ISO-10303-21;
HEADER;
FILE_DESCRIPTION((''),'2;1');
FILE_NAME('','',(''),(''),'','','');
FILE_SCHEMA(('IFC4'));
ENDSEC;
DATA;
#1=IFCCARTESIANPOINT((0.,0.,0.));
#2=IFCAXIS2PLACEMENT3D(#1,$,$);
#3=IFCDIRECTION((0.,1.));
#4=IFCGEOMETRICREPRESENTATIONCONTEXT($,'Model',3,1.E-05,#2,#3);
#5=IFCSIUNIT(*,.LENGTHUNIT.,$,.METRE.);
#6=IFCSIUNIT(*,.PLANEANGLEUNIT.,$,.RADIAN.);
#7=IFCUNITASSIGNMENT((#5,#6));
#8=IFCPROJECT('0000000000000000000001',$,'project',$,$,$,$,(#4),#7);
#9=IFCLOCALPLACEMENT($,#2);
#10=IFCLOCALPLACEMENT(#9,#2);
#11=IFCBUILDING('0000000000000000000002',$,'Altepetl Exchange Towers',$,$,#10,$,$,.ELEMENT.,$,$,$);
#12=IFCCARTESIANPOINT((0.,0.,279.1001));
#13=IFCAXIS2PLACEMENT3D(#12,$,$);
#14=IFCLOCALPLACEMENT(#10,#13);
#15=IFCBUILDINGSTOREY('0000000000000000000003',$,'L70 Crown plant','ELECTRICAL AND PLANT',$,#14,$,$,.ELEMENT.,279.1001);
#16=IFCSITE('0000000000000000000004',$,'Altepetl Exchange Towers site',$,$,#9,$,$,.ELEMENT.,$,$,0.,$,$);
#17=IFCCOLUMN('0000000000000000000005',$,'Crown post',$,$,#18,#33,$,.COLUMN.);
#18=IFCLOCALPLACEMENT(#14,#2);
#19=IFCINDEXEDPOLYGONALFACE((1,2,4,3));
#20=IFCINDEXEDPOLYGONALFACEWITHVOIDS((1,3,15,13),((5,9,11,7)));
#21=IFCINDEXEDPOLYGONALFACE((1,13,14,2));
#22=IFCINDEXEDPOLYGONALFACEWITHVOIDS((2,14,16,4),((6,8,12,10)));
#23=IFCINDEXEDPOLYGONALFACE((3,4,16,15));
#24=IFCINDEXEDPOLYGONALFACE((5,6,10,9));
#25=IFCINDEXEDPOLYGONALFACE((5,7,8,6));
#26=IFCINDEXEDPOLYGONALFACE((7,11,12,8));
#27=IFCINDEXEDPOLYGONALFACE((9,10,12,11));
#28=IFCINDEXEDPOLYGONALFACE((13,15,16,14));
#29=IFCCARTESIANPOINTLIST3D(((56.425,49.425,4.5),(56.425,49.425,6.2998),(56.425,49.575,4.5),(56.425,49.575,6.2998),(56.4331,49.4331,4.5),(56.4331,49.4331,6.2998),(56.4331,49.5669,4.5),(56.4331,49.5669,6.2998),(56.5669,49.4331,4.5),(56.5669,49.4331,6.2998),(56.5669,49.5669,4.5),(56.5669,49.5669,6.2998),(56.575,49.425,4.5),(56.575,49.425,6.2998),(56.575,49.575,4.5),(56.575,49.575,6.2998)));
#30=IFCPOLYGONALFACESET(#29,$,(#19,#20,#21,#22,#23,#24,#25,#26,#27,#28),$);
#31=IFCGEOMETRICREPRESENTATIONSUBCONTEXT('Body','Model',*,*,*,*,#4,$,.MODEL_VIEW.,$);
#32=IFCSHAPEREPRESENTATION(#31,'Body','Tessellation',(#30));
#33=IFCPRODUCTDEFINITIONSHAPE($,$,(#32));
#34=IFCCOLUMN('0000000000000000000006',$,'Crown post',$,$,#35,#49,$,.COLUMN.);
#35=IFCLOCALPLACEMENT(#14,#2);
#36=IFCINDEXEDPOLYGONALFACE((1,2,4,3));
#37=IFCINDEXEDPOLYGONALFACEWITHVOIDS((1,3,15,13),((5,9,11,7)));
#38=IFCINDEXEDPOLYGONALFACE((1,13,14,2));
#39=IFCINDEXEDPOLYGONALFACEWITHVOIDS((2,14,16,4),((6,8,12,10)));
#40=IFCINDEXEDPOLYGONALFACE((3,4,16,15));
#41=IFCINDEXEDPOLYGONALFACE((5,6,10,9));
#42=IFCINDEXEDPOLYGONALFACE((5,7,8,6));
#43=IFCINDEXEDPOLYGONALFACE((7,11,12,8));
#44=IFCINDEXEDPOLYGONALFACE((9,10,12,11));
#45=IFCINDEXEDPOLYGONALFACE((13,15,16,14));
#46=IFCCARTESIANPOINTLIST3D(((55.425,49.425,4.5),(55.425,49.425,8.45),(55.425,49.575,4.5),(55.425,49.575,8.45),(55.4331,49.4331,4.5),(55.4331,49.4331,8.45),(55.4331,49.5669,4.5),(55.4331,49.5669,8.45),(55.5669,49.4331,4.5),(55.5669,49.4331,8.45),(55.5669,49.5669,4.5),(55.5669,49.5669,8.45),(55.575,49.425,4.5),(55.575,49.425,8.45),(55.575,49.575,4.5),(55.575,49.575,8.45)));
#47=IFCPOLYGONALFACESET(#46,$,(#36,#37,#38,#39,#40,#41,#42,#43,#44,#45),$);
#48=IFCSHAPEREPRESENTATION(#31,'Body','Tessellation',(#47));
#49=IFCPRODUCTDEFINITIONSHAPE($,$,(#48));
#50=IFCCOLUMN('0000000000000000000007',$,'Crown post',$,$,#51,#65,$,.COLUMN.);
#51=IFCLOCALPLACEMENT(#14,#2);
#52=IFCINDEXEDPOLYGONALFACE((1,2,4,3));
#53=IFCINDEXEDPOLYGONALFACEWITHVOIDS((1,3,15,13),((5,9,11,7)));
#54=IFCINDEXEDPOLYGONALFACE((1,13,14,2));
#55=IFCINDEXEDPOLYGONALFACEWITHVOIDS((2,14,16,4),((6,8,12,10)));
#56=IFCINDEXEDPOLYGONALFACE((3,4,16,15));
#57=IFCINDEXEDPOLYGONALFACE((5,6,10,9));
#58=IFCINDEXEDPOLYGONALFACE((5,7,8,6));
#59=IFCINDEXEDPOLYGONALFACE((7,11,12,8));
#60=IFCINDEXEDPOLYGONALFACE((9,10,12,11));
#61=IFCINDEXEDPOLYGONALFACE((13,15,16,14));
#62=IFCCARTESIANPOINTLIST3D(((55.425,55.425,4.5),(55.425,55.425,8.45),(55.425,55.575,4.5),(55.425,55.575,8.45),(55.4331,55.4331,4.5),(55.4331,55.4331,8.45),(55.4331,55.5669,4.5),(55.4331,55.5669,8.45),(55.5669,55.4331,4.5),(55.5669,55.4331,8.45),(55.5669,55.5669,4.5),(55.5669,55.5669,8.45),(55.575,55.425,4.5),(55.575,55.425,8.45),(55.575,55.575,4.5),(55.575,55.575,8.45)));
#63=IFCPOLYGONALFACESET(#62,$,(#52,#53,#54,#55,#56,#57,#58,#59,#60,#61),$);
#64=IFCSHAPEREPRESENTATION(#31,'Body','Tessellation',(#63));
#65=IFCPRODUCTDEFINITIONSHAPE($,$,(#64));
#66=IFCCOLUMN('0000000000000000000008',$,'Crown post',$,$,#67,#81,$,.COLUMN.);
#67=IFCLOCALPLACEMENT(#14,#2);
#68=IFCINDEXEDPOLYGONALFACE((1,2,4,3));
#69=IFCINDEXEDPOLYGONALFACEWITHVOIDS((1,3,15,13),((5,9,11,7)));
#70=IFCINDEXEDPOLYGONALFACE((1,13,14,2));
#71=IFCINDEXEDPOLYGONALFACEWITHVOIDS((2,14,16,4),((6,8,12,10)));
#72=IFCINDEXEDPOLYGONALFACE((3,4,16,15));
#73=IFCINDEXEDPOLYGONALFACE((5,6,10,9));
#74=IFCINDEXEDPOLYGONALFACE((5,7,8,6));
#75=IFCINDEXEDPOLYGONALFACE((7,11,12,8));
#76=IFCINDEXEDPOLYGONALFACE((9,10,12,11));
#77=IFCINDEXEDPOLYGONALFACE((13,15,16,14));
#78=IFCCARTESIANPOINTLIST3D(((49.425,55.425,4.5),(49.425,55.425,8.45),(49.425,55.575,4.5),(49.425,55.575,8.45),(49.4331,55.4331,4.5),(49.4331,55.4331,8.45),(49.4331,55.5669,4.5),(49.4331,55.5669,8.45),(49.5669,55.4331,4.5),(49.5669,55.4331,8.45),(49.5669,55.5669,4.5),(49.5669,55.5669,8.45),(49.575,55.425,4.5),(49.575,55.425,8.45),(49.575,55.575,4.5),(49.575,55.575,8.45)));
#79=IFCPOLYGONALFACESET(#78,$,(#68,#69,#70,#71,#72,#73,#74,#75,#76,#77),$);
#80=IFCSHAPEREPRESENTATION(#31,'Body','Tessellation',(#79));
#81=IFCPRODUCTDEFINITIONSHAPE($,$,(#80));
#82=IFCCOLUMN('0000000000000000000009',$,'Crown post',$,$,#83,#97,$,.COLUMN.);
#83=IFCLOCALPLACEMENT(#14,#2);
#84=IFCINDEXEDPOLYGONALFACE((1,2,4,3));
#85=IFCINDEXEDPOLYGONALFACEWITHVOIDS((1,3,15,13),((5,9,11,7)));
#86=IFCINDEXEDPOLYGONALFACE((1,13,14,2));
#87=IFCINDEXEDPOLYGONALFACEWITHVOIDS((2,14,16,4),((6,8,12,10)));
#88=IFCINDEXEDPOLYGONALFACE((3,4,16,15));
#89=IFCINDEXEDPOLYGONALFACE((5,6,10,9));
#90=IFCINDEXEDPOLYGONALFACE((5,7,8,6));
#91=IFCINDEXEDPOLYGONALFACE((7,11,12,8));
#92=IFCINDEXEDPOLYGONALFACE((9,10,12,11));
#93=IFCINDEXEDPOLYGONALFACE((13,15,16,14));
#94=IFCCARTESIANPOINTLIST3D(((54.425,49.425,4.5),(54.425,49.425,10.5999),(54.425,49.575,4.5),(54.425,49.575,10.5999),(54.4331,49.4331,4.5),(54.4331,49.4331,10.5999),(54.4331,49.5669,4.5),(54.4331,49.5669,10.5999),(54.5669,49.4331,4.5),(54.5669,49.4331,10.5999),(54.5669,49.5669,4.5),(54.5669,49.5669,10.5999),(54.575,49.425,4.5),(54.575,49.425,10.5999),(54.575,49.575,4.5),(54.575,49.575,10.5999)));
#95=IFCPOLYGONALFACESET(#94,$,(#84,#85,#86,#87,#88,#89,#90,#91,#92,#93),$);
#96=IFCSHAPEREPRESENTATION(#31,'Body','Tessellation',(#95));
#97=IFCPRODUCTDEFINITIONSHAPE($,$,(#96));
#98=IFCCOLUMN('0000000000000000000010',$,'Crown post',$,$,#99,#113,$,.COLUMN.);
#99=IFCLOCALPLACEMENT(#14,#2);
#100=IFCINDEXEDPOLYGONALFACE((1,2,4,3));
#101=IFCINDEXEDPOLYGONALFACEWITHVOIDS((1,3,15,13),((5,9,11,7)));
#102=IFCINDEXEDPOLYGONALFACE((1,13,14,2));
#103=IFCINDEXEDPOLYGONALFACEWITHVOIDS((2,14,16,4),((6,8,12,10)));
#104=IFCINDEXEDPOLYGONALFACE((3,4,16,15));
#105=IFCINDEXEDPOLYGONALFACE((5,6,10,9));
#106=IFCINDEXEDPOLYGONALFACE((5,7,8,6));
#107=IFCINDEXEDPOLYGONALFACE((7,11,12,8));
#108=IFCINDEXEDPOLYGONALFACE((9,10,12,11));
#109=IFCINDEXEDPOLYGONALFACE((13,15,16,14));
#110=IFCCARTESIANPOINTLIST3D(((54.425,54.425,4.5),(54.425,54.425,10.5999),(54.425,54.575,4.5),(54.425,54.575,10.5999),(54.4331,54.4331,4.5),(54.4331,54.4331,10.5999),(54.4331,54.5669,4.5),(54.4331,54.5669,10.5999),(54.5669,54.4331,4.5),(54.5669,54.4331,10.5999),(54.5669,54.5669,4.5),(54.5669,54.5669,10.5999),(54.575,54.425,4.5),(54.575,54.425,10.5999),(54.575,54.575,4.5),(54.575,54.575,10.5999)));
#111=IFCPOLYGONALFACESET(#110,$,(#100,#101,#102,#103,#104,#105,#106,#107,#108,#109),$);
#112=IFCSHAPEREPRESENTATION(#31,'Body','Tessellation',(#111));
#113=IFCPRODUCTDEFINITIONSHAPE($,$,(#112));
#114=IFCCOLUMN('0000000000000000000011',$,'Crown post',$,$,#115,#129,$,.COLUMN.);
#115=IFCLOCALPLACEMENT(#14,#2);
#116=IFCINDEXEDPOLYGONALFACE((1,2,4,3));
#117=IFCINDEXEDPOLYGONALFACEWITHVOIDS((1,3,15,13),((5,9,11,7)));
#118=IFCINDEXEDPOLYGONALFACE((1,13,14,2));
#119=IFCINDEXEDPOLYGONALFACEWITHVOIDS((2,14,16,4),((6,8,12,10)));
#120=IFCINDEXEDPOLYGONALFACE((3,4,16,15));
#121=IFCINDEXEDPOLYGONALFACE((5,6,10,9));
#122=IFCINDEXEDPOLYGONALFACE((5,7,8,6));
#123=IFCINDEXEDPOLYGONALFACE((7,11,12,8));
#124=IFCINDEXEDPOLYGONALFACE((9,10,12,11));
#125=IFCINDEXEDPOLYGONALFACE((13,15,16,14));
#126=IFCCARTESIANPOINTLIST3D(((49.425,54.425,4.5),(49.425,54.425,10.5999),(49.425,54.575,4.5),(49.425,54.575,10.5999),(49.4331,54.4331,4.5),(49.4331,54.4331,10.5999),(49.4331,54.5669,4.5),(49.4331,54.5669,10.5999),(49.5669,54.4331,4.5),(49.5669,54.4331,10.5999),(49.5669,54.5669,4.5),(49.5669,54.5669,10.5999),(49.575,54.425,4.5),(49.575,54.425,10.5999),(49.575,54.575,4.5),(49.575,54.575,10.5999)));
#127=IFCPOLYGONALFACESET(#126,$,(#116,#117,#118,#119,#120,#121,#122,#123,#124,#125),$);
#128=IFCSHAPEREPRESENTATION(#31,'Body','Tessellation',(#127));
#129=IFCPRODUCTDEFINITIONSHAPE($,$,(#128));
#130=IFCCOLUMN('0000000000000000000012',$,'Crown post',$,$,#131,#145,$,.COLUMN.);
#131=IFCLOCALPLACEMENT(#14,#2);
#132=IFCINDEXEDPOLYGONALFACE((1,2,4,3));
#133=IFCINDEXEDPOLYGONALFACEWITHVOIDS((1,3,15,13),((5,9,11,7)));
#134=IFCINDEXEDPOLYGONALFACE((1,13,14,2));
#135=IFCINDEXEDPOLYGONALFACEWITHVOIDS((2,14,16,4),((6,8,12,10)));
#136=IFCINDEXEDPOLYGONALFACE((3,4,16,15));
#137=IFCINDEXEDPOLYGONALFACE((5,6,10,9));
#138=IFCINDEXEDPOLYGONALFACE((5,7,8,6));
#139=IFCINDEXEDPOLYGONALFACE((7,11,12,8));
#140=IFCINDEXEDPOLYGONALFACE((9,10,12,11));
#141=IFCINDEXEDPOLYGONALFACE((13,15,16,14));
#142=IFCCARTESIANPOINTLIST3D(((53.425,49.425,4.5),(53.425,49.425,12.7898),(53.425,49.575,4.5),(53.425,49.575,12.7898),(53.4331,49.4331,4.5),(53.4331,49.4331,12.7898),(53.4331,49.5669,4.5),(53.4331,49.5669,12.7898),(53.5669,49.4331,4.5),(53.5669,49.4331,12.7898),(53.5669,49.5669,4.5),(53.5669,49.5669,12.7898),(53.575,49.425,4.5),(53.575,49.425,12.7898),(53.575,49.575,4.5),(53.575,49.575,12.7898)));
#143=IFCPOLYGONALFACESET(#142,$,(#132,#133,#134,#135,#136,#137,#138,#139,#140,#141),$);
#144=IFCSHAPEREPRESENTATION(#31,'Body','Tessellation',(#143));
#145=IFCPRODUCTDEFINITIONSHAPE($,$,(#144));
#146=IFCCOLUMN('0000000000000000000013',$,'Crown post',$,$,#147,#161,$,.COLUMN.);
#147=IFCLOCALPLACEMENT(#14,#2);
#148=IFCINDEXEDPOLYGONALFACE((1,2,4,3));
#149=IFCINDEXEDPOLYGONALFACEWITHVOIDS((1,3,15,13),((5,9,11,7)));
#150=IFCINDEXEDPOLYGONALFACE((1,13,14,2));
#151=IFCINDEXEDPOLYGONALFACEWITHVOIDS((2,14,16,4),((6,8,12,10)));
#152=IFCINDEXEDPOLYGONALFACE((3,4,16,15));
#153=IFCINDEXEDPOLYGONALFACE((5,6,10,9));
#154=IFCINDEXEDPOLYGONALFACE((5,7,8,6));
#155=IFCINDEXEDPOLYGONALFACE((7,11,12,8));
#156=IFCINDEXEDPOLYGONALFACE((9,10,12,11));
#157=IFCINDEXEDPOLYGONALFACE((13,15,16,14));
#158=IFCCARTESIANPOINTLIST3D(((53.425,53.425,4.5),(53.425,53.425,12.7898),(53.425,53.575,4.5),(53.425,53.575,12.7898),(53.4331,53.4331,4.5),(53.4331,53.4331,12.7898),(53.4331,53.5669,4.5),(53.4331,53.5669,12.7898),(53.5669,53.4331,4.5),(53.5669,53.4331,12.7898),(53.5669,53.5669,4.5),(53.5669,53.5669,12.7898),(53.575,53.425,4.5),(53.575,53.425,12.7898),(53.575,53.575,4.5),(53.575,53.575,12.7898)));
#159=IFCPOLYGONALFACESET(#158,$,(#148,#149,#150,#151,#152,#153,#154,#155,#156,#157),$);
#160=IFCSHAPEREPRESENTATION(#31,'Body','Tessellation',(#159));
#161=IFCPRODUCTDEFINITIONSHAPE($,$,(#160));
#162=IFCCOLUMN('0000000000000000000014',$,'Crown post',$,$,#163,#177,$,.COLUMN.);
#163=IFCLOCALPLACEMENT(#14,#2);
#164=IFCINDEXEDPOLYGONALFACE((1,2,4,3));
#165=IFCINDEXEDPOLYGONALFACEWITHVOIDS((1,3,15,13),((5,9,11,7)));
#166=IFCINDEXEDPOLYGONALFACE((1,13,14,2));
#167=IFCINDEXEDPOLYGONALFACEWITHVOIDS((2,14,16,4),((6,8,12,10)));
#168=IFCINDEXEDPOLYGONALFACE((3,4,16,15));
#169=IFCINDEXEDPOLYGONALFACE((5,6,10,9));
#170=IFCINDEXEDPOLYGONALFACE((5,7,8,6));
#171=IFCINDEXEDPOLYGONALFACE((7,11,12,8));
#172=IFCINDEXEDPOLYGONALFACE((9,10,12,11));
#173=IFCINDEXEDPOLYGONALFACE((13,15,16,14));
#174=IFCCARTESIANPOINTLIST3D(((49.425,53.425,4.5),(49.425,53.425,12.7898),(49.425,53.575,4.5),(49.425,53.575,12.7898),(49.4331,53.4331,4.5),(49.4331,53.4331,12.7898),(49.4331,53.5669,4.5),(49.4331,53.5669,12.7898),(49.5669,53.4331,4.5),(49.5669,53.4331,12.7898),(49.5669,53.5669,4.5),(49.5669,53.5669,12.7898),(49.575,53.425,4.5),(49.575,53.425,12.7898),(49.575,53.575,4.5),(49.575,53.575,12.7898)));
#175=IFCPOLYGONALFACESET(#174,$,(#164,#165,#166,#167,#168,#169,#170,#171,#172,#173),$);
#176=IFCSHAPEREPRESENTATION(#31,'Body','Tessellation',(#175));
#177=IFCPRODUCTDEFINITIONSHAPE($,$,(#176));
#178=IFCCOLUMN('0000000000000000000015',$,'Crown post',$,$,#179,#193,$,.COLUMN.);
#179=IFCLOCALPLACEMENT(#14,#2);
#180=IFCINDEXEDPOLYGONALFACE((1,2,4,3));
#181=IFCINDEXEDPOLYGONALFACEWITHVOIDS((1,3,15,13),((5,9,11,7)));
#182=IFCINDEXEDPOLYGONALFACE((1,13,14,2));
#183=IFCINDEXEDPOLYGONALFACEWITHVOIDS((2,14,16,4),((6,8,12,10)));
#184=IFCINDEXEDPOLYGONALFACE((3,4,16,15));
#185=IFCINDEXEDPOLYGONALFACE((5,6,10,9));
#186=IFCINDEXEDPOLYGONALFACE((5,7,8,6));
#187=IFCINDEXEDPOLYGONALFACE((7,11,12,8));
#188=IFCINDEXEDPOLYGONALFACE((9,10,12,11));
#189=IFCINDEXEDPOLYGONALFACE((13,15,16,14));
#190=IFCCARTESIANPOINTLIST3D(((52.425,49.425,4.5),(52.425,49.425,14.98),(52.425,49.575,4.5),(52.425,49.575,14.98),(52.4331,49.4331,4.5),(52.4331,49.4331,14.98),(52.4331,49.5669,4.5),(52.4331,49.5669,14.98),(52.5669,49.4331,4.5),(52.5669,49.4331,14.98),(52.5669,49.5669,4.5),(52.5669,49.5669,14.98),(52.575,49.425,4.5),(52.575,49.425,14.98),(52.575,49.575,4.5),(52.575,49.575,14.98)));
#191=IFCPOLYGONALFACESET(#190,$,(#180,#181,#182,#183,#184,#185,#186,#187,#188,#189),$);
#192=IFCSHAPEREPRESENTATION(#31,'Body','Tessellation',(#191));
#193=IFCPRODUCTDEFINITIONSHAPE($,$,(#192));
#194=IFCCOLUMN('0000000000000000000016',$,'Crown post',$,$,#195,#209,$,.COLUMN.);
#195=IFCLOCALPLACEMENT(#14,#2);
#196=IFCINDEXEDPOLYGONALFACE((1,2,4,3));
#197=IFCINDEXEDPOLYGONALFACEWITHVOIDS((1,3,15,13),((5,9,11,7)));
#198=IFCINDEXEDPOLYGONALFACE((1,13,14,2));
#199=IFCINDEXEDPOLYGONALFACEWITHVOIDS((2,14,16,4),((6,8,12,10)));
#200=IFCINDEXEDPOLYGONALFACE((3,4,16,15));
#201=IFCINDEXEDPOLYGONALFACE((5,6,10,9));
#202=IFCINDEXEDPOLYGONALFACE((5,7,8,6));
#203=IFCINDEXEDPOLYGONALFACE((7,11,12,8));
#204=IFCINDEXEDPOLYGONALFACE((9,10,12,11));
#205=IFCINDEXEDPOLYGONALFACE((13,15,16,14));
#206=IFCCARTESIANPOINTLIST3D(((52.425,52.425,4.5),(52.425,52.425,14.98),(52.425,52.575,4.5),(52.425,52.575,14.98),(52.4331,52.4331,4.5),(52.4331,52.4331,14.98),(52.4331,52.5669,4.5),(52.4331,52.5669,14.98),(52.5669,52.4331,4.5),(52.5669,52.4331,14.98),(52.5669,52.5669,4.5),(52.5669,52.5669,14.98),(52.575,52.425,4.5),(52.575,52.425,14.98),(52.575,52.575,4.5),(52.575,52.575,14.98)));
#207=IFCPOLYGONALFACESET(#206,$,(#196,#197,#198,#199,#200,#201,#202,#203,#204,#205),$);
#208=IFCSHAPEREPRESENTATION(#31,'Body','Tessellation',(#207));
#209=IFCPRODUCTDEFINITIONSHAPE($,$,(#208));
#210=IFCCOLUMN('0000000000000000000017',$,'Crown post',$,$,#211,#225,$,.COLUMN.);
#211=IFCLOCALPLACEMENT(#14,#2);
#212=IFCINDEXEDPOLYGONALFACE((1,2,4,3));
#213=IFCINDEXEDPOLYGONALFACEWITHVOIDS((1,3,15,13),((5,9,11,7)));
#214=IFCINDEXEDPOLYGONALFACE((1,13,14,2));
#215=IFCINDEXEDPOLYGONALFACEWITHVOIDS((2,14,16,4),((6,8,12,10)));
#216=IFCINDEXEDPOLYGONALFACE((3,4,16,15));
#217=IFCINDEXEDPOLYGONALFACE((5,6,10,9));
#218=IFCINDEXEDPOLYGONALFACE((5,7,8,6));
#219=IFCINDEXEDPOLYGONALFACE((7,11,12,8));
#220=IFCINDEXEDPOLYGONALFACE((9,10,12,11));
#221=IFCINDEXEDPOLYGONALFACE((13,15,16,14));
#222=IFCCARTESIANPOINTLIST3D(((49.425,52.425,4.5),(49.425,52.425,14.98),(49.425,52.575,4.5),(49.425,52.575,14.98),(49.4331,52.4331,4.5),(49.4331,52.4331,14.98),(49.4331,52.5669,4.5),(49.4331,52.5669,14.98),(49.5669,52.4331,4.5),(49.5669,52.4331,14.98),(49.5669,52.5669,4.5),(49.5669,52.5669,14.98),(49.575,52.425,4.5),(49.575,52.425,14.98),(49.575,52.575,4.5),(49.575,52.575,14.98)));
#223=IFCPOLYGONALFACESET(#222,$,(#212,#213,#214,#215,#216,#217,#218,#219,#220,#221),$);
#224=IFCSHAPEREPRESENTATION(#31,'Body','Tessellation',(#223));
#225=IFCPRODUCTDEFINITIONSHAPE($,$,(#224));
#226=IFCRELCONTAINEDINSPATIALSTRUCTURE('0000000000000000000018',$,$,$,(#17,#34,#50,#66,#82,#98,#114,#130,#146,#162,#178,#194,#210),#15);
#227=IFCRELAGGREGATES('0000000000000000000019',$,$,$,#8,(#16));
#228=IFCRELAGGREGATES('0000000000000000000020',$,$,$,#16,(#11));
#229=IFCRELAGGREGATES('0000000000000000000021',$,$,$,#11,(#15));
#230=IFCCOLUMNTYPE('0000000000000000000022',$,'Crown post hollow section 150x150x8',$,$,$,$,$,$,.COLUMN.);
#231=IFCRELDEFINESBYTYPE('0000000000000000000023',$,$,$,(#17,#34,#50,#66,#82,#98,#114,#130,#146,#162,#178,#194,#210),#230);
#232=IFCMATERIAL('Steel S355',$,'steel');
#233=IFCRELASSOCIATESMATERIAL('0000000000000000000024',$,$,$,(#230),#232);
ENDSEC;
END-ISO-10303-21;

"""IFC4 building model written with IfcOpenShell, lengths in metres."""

from ifc_helpers import new_model, si_unit, direction, frame, origin, origin_2d, place, context, subcontext, project, spatial, hollow_rectangle, extrude, material, material_profile, profile_set, type_object, element, save


model = new_model("IFC4")

# Units and contexts
model_context = context("Model", 3, precision=1e-05, world=origin(), true_north=direction((0.0, 1.0)))
body_context = subcontext(model_context, "Body", "Model", "MODEL_VIEW")
ifc_project = project(units=[si_unit("LENGTHUNIT", "METRE"), si_unit("PLANEANGLEUNIT", "RADIAN")], contexts=[model_context])

# Site, building, storey
site_placement = place(None, origin())
site = spatial("IfcSite", under=ifc_project, at=site_placement, Name="Altepetl Exchange Towers site", CompositionType="ELEMENT", RefElevation=0.0)
building_placement = place(site_placement, origin())
building = spatial("IfcBuilding", under=site, at=building_placement, Name="Altepetl Exchange Towers", CompositionType="ELEMENT")
storey_placement = place(building_placement, frame((0.0, 0.0, 279.1001)))
storey = spatial("IfcBuildingStorey", under=building, at=storey_placement, Name="L70 Crown plant", Description="ELECTRICAL AND PLANT", CompositionType="ELEMENT", Elevation=279.1001)

# Columns
ifc_material_1 = material(Name="Steel S355", Category="steel")
ifc_material_profile_1 = material_profile(ifc_material_1, hollow_rectangle(XDim=0.1499, YDim=0.1499, WallThickness=0.0081, at=origin_2d()), Name="RHS 150x150x8")
ifc_profile_set_1 = profile_set([ifc_material_profile_1], Name="Steel S355")
column_type = type_object("IfcColumnType", Name="Crown post hollow section 150x150x8", PredefinedType="COLUMN", material=ifc_profile_set_1)
column_1_placement = place(storey_placement, frame((56.5, 49.5, 4.5)))
element("IfcColumn", 1, at=column_1_placement, inside=storey, type_object=column_type, Name="Crown post", PredefinedType="COLUMN", context=body_context, shape_type="SweptSolid", body=[
    extrude(hollow_rectangle(XDim=0.1499, YDim=0.1499, WallThickness=0.0081, at=origin_2d()), origin(), (0.0, 0.0, 1.0), 1.7998),
])
for number, where, name in (
    (2, (55.5, 49.5, 4.5), "Crown post"),
    (3, (55.5, 55.5, 4.5), "Crown post"),
    (4, (49.5, 55.5, 4.5), "Crown post"),
):
    element("IfcColumn", number, at=place(storey_placement, frame(where)), inside=storey, type_object=column_type, Name=name, PredefinedType="COLUMN", context=body_context, shape_type="SweptSolid", body=[
        extrude(hollow_rectangle(XDim=0.1499, YDim=0.1499, WallThickness=0.0081, at=origin_2d()), origin(), (0.0, 0.0, 1.0), 3.95),
    ])
for number, where, name in (
    (5, (54.5, 49.5, 4.5), "Crown post"),
    (6, (54.5, 54.5, 4.5), "Crown post"),
    (7, (49.5, 54.5, 4.5), "Crown post"),
):
    element("IfcColumn", number, at=place(storey_placement, frame(where)), inside=storey, type_object=column_type, Name=name, PredefinedType="COLUMN", context=body_context, shape_type="SweptSolid", body=[
        extrude(hollow_rectangle(XDim=0.1499, YDim=0.1499, WallThickness=0.0081, at=origin_2d()), origin(), (0.0, 0.0, 1.0), 6.0999),
    ])
for number, where, name in (
    (8, (53.5, 49.5, 4.5), "Crown post"),
    (9, (53.5, 53.5, 4.5), "Crown post"),
    (10, (49.5, 53.5, 4.5), "Crown post"),
):
    element("IfcColumn", number, at=place(storey_placement, frame(where)), inside=storey, type_object=column_type, Name=name, PredefinedType="COLUMN", context=body_context, shape_type="SweptSolid", body=[
        extrude(hollow_rectangle(XDim=0.1499, YDim=0.1499, WallThickness=0.0081, at=origin_2d()), origin(), (0.0, 0.0, 1.0), 8.2898),
    ])
for number, where, name in (
    (11, (52.5, 49.5, 4.5), "Crown post"),
    (12, (52.5, 52.5, 4.5), "Crown post"),
    (13, (49.5, 52.5, 4.5), "Crown post"),
):
    element("IfcColumn", number, at=place(storey_placement, frame(where)), inside=storey, type_object=column_type, Name=name, PredefinedType="COLUMN", context=body_context, shape_type="SweptSolid", body=[
        extrude(hollow_rectangle(XDim=0.1499, YDim=0.1499, WallThickness=0.0081, at=origin_2d()), origin(), (0.0, 0.0, 1.0), 10.48),
    ])

save(model, "model.ifc")
